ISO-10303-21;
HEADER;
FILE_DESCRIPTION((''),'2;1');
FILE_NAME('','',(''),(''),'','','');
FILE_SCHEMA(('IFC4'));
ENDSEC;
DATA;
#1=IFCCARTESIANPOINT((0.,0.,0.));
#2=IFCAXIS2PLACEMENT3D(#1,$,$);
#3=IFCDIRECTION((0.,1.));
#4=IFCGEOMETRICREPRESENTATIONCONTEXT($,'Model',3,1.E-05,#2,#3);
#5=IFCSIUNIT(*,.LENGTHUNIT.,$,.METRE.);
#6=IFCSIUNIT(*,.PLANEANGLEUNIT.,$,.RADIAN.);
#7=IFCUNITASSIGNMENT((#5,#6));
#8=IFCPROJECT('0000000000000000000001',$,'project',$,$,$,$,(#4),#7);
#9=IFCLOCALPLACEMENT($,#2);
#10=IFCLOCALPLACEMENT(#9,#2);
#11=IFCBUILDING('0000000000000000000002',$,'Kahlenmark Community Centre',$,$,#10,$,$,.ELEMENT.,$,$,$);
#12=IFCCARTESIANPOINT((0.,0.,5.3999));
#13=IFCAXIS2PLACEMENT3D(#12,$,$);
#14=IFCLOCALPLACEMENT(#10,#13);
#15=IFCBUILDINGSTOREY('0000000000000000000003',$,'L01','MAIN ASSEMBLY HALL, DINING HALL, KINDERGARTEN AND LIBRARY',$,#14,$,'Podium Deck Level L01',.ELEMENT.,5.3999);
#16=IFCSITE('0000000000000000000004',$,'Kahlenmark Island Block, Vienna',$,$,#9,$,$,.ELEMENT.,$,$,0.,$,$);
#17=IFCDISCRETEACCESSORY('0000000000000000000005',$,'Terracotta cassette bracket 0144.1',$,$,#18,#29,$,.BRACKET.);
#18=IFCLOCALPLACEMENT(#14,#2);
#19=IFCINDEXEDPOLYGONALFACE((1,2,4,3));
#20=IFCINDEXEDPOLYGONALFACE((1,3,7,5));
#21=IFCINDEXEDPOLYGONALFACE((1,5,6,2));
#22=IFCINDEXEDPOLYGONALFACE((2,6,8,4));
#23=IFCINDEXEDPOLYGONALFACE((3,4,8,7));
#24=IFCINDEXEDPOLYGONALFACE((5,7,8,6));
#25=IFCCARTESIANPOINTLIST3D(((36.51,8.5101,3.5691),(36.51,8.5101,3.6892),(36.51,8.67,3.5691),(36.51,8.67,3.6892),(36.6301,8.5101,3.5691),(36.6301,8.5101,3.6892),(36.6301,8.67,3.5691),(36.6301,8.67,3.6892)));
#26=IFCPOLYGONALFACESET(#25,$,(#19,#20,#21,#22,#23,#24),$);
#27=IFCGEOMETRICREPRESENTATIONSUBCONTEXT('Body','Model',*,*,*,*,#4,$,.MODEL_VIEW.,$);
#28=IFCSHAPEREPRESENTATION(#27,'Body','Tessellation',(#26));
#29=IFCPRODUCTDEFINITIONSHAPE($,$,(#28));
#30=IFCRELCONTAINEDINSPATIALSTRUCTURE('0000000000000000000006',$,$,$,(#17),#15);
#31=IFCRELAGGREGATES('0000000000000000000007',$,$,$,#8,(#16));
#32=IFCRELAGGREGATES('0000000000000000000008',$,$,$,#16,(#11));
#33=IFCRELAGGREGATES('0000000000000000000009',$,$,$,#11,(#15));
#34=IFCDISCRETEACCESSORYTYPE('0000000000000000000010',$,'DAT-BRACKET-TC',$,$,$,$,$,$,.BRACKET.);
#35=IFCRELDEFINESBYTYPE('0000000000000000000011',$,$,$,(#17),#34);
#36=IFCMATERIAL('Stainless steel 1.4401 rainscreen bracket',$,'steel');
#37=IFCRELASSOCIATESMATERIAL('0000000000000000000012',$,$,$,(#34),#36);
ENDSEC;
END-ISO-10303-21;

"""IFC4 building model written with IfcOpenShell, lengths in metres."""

from ifc_helpers import new_model, si_unit, direction, frame, origin, origin_2d, place, context, subcontext, project, spatial, rectangle, extrude, material, type_object, element, save


model = new_model("IFC4")

# Units and contexts
model_context = context("Model", 3, precision=1e-05, world=origin(), true_north=direction((0.0, 1.0)))
body_context = subcontext(model_context, "Body", "Model", "MODEL_VIEW")
ifc_project = project(units=[si_unit("LENGTHUNIT", "METRE"), si_unit("PLANEANGLEUNIT", "RADIAN")], contexts=[model_context])

# Site, building, storey
site_placement = place(None, origin())
site = spatial("IfcSite", under=ifc_project, at=site_placement, Name="Kahlenmark Island Block, Vienna", CompositionType="ELEMENT", RefElevation=0.0)
building_placement = place(site_placement, origin())
building = spatial("IfcBuilding", under=site, at=building_placement, Name="Kahlenmark Community Centre", CompositionType="ELEMENT")
storey_placement = place(building_placement, frame((0.0, 0.0, 5.3999)))
storey = spatial("IfcBuildingStorey", under=building, at=storey_placement, Name="L01", Description="MAIN ASSEMBLY HALL, DINING HALL, KINDERGARTEN AND LIBRARY", LongName="Podium Deck Level L01", CompositionType="ELEMENT", Elevation=5.3999)

# Discrete accessory
ifc_material_1 = material(Name="Stainless steel 1.4401 rainscreen bracket", Category="steel")
discrete_accessory_type = type_object("IfcDiscreteAccessoryType", Name="DAT-BRACKET-TC", PredefinedType="BRACKET", material=ifc_material_1)
for number, where, z_axis, x_axis, name in (
    (1, (36.5701, 8.5901, 3.5691), (0.0, 0.0, 1.0), (1.0, 0.0, 0.0), "Terracotta cassette bracket 0144.1"),
):
    element("IfcDiscreteAccessory", number, at=place(storey_placement, frame(where, z_axis=z_axis, x_axis=x_axis)), inside=storey, type_object=discrete_accessory_type, Name=name, PredefinedType="BRACKET", context=body_context, shape_type="SweptSolid", body=[
        extrude(rectangle(XDim=0.1201, YDim=0.1599, at=origin_2d()), origin(), (0.0, 0.0, 1.0), 0.1201),
    ])

save(model, "model.ifc")
